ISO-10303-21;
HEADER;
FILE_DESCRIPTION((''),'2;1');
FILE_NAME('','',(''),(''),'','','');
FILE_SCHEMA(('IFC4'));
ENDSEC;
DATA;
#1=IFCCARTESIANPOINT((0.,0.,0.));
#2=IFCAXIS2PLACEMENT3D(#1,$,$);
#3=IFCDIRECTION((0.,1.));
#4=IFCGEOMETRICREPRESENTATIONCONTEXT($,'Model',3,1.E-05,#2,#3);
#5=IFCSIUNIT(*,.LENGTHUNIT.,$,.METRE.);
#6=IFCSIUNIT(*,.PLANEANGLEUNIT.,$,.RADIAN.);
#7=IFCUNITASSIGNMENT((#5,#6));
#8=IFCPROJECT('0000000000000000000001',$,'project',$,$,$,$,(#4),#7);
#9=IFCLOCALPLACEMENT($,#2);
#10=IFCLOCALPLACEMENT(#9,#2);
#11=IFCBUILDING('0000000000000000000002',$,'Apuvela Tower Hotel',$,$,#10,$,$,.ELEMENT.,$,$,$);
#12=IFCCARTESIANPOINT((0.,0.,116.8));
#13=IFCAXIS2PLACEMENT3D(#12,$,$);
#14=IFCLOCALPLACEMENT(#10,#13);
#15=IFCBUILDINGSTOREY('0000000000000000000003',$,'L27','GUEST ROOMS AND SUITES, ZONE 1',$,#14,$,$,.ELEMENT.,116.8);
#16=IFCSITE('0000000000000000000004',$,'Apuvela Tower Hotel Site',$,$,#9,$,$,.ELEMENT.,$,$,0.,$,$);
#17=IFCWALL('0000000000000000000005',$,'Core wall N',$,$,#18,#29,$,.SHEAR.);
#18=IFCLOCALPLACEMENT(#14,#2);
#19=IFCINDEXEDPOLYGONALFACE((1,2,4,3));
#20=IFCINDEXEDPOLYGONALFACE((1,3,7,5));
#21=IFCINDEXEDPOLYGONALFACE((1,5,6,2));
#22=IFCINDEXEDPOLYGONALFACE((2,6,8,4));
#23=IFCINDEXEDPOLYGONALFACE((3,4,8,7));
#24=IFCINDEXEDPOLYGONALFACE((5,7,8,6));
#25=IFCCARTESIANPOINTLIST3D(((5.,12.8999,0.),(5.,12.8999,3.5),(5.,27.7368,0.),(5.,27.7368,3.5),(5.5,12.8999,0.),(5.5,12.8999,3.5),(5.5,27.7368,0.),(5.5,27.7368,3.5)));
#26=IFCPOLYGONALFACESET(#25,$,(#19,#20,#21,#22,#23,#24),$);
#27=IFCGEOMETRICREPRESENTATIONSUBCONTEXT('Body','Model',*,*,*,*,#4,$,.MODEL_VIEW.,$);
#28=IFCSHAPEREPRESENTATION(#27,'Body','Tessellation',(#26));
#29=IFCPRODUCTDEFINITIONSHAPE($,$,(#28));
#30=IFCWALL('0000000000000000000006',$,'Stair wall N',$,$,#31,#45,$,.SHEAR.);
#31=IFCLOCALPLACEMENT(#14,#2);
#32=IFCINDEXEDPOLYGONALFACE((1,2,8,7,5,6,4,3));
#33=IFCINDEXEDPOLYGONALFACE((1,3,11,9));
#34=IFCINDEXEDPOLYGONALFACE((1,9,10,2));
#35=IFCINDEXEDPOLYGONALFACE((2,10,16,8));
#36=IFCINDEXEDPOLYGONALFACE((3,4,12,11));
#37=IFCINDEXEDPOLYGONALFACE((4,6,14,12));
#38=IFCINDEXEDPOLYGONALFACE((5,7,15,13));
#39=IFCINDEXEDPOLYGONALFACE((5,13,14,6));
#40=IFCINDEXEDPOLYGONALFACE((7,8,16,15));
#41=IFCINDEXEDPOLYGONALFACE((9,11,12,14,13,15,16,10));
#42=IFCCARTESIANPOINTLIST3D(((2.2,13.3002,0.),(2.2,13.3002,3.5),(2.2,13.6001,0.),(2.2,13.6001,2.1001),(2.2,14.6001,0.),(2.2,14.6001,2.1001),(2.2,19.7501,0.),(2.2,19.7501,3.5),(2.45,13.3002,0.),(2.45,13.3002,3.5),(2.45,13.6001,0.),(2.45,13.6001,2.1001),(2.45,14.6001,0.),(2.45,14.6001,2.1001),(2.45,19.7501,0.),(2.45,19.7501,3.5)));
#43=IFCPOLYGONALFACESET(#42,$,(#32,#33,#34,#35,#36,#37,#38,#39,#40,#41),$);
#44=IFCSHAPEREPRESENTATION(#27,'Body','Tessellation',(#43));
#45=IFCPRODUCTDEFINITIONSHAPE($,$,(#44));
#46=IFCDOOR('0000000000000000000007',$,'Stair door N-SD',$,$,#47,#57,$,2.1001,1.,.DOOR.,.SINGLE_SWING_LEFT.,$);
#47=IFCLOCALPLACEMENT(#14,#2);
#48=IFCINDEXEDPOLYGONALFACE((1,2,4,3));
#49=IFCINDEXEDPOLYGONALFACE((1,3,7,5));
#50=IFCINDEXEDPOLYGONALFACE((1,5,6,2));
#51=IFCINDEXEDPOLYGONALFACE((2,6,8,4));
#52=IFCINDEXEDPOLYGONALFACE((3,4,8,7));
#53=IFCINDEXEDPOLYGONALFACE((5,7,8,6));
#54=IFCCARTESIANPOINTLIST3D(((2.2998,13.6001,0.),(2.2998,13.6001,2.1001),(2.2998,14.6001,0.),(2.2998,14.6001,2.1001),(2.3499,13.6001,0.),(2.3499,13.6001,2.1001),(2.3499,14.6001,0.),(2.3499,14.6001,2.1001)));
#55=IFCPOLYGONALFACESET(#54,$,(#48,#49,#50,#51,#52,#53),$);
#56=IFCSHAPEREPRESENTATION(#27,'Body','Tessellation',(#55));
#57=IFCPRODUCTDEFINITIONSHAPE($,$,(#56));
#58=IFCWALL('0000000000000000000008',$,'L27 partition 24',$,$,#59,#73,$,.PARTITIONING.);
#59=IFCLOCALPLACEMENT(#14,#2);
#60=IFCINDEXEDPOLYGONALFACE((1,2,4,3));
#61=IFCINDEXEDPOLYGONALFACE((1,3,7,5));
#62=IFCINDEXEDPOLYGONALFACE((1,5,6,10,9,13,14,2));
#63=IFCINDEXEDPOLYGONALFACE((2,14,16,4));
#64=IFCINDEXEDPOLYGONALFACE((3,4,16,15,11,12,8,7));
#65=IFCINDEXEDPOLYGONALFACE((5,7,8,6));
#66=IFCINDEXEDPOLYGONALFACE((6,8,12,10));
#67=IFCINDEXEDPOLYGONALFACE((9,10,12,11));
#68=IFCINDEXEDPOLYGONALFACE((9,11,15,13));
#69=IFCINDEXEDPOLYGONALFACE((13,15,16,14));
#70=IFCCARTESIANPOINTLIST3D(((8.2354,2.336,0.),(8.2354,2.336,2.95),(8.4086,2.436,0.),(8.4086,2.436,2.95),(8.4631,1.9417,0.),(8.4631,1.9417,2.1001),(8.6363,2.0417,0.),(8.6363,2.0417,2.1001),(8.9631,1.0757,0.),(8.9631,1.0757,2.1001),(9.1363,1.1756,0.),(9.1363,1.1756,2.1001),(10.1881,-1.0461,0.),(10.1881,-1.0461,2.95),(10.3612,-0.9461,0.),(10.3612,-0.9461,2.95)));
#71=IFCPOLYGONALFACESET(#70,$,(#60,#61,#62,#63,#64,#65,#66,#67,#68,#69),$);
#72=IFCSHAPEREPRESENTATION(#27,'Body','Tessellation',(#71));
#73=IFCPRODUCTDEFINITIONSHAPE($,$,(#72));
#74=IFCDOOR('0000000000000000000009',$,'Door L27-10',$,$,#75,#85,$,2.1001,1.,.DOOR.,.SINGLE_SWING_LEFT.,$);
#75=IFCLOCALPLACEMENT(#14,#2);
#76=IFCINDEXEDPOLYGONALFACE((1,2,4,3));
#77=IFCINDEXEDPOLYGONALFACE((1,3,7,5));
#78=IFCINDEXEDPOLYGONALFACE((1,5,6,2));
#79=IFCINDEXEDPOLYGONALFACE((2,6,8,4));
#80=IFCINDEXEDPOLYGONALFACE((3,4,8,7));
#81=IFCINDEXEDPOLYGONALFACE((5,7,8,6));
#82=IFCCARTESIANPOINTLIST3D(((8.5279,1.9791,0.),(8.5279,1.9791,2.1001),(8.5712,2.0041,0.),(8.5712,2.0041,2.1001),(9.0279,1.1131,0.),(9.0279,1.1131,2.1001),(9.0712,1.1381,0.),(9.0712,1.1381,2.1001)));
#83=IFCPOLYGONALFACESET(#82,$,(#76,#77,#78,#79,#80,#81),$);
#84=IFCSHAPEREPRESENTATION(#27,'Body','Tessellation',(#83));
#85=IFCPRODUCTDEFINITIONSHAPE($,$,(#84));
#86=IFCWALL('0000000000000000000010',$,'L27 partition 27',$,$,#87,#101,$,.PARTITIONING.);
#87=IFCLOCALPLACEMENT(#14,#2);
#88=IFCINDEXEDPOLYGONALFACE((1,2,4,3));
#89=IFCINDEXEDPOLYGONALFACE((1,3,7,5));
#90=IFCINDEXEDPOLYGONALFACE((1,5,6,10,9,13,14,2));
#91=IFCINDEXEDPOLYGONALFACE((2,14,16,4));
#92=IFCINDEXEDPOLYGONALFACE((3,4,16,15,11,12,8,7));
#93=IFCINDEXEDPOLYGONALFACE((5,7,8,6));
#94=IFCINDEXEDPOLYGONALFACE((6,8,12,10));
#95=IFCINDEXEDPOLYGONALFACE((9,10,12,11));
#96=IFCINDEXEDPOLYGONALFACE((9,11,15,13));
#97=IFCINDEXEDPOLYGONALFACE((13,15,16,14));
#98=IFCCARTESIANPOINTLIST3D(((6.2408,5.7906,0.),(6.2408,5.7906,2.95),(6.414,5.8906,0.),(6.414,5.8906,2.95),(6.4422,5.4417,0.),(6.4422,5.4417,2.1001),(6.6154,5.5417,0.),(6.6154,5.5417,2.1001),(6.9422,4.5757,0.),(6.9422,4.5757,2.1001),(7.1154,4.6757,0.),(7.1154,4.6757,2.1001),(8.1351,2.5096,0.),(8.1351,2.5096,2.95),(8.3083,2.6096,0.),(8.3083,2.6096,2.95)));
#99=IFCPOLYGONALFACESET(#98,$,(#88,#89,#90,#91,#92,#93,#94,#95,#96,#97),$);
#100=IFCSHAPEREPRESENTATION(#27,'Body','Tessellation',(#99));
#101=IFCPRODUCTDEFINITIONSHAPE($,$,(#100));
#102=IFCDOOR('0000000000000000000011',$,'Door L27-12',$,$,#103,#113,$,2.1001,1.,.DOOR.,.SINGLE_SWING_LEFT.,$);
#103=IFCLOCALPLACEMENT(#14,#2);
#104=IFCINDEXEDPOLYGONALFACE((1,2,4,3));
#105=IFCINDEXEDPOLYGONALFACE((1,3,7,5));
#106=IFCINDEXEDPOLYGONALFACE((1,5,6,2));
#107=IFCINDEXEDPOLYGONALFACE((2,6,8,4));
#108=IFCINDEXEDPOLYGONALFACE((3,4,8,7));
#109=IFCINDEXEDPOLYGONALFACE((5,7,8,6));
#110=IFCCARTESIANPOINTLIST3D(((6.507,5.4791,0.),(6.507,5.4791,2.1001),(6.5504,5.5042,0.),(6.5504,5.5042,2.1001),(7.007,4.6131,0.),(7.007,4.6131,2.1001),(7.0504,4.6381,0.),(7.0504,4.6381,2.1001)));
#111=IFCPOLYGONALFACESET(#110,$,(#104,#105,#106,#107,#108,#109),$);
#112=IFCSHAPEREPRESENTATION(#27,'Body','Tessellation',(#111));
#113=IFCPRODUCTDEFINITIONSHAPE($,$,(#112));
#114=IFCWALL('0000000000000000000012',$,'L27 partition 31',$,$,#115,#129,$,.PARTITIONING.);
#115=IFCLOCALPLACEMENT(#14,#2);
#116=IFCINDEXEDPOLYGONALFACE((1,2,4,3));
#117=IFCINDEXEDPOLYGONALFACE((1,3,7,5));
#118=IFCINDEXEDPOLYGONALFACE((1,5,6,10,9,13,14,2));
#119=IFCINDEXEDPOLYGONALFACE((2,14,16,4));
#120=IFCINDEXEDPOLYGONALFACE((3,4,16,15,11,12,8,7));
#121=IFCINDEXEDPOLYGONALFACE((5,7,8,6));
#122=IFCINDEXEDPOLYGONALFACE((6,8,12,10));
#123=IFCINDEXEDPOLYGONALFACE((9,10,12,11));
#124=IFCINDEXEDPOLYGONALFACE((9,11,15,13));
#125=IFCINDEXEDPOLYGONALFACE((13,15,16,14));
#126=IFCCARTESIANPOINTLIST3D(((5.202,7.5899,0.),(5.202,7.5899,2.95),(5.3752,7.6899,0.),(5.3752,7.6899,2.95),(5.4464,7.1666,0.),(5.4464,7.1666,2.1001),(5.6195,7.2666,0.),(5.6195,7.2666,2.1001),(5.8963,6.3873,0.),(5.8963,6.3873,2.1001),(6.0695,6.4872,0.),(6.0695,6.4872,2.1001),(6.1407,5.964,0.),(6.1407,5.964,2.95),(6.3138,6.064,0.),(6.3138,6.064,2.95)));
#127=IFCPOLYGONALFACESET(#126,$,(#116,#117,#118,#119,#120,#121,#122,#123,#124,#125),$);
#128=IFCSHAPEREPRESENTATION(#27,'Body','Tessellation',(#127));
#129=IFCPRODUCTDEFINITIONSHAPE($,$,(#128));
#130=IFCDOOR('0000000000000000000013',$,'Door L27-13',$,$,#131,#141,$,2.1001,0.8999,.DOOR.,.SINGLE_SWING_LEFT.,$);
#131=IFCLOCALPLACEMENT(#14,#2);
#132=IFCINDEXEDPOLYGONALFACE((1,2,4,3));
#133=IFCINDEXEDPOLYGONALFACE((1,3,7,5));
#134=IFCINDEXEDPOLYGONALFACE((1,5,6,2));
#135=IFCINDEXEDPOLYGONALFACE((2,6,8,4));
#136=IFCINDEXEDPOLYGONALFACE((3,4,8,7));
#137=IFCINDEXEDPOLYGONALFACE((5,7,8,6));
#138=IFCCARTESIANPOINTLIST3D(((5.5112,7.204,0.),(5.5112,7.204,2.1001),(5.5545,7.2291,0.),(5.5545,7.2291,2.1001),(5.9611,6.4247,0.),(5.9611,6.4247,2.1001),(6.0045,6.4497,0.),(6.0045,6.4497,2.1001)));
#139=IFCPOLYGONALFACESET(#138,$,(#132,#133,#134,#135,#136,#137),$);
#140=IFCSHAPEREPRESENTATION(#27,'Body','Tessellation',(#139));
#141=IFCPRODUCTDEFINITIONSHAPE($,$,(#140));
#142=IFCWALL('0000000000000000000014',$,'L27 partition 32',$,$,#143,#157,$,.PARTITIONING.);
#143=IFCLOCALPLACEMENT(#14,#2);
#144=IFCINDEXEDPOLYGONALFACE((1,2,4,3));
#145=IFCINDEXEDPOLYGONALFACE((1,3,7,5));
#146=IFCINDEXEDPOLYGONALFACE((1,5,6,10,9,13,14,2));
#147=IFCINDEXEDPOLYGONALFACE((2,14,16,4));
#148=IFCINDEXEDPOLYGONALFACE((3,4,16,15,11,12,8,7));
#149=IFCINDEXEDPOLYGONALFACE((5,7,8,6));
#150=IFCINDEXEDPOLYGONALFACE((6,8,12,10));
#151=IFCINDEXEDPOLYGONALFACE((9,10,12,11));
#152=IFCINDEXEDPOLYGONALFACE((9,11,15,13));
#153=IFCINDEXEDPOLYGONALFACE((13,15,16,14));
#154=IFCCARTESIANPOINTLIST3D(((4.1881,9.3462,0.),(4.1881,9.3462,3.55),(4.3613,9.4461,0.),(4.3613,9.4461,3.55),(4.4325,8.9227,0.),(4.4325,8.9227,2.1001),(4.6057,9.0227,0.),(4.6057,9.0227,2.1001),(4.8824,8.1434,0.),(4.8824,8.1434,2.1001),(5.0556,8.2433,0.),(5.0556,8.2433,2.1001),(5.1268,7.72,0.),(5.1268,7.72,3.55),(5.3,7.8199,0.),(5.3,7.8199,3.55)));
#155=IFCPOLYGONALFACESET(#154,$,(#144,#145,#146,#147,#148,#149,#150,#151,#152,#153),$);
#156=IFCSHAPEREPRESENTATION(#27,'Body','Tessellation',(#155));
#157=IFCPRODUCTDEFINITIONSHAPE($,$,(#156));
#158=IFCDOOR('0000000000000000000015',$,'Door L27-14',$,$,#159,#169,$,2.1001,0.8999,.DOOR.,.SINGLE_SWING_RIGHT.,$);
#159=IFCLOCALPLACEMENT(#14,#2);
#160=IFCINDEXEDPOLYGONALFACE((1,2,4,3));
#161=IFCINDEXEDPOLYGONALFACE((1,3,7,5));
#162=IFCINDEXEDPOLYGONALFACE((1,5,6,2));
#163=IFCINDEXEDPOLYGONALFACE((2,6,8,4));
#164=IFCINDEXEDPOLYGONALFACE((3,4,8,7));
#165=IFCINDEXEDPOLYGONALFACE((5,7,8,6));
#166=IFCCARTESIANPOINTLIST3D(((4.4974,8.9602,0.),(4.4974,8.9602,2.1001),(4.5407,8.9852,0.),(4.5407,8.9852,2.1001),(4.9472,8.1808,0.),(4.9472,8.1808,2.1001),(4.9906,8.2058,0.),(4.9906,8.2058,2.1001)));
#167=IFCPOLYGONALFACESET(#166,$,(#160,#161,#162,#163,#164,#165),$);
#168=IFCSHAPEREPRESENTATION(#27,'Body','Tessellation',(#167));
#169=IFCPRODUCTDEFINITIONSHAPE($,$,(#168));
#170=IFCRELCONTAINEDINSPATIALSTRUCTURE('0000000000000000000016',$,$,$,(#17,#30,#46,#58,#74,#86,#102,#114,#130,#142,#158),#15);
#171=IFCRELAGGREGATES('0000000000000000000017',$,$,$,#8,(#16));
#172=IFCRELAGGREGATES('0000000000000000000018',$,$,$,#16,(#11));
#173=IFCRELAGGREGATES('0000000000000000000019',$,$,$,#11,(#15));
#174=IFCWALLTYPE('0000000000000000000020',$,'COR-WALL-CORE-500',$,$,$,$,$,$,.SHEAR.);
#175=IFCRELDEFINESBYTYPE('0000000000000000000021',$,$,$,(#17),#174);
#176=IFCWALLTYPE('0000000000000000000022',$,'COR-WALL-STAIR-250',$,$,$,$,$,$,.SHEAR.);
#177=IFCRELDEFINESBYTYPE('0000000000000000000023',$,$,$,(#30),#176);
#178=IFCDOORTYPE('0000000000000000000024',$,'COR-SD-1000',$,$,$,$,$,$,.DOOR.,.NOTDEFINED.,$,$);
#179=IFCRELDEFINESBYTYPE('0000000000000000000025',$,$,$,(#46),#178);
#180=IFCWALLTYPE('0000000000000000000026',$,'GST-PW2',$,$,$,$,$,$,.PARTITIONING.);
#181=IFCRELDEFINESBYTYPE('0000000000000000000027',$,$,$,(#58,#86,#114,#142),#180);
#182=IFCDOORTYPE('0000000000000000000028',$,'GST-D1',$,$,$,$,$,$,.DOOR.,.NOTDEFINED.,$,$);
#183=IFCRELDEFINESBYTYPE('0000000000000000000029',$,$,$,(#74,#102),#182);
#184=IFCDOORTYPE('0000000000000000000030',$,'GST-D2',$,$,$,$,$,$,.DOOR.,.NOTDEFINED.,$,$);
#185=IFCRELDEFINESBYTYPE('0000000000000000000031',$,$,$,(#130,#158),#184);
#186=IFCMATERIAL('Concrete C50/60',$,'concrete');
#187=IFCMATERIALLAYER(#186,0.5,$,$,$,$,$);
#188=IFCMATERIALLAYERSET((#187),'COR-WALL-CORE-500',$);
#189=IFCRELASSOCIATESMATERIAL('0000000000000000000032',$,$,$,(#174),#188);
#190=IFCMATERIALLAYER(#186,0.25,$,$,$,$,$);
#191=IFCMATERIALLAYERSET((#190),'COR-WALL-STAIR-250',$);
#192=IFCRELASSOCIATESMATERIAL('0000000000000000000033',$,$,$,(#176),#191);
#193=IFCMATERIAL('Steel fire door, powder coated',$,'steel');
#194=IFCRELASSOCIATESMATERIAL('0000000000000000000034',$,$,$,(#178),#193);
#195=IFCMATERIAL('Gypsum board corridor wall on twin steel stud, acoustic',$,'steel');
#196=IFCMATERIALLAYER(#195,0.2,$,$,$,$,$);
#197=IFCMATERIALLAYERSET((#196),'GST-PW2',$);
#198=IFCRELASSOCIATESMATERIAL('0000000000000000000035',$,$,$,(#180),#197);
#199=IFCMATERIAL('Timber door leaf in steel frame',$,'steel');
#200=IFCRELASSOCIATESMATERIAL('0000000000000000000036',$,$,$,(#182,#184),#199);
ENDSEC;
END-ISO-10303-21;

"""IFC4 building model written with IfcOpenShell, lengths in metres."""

from ifc_helpers import new_model, si_unit, direction, frame, frame_2d, origin, place, context, subcontext, project, spatial, rectangle, extrude, material, layer, layer_set, type_object, element, fill, save


model = new_model("IFC4")

# Units and contexts
model_context = context("Model", 3, precision=1e-05, world=origin(), true_north=direction((0.0, 1.0)))
body_context = subcontext(model_context, "Body", "Model", "MODEL_VIEW")
ifc_project = project(units=[si_unit("LENGTHUNIT", "METRE"), si_unit("PLANEANGLEUNIT", "RADIAN")], contexts=[model_context])

# Site, building, storey
site_placement = place(None, origin())
site = spatial("IfcSite", under=ifc_project, at=site_placement, Name="Apuvela Tower Hotel Site", CompositionType="ELEMENT", RefElevation=0.0)
building_placement = place(site_placement, origin())
building = spatial("IfcBuilding", under=site, at=building_placement, Name="Apuvela Tower Hotel", CompositionType="ELEMENT")
storey_placement = place(building_placement, frame((0.0, 0.0, 116.8)))
storey = spatial("IfcBuildingStorey", under=building, at=storey_placement, Name="L27", Description="GUEST ROOMS AND SUITES, ZONE 1", CompositionType="ELEMENT", Elevation=116.8)

# Shared definitions
ifc_material_1 = material(Name="Concrete C50/60", Category="concrete")

# Shared definitions
ifc_material_2 = material(Name="Steel fire door, powder coated", Category="steel")

# Wall
ifc_layer_1 = layer(ifc_material_1, 0.5)
ifc_layer_set_1 = layer_set([ifc_layer_1], Name="COR-WALL-CORE-500")
wall_type_1 = type_object("IfcWallType", Name="COR-WALL-CORE-500", PredefinedType="SHEAR", material=ifc_layer_set_1)
wall_1_placement = place(storey_placement, frame((5.25, 12.8999, 0.0), z_axis=(0.0, 0.0, 1.0), x_axis=(0.0, 1.0, 0.0)))
element("IfcWall", 1, at=wall_1_placement, inside=storey, type_object=wall_type_1, Name="Core wall N", PredefinedType="SHEAR", context=body_context, shape_type="SweptSolid", body=[
    extrude(rectangle(XDim=14.8369, YDim=0.5, at=frame_2d((7.4185, 0.0))), origin(), (0.0, 0.0, 1.0), 3.5),
])

# Walls, openings, doors
ifc_layer_2 = layer(ifc_material_1, 0.25)
ifc_layer_set_2 = layer_set([ifc_layer_2], Name="COR-WALL-STAIR-250")
wall_type_2 = type_object("IfcWallType", Name="COR-WALL-STAIR-250", PredefinedType="SHEAR", material=ifc_layer_set_2)
wall_2_placement = place(storey_placement, frame((2.325, 13.3, 0.0), z_axis=(0.0, 0.0, 1.0), x_axis=(0.0, 1.0, 0.0)))
wall_2 = element("IfcWall", 2, at=wall_2_placement, inside=storey, type_object=wall_type_2, Name="Stair wall N", PredefinedType="SHEAR", context=body_context, shape_type="SweptSolid", body=[
    extrude(rectangle(XDim=6.45, YDim=0.25, at=frame_2d((3.2251, 0.0))), origin(), (0.0, 0.0, 1.0), 3.5),
])
opening_1_placement = place(wall_2_placement, frame((0.3, 0.0, 0.0)))
opening_1 = element("IfcOpeningElement", 3, at=opening_1_placement, cuts=wall_2, PredefinedType="OPENING", context=body_context, shape_type="SweptSolid", body=[
    extrude(rectangle(XDim=1.0, YDim=2.1001, at=frame_2d((0.5, 1.05))), frame((0.0, 0.135, 0.0), z_axis=(0.0, -1.0, 0.0), x_axis=(1.0, 0.0, 0.0)), (0.0, 0.0, 1.0), 0.27),
])
door_type_1 = type_object("IfcDoorType", Name="COR-SD-1000", OperationType="NOTDEFINED", PredefinedType="DOOR", material=ifc_material_2)
door_1_placement = place(opening_1_placement, frame((1.0, 0.0, 0.0), z_axis=(0.0, 0.0, 1.0), x_axis=(-1.0, 0.0, 0.0)))
door_1 = element("IfcDoor", 4, at=door_1_placement, inside=storey, type_object=door_type_1, Name="Stair door N-SD", OperationType="SINGLE_SWING_LEFT", OverallHeight=2.1001, OverallWidth=1.0, PredefinedType="DOOR", context=body_context, shape_type="SweptSolid", body=[
    extrude(rectangle(XDim=1.0, YDim=2.1001, at=frame_2d((0.5, 1.05))), frame((0.0, 0.0249, 0.0), z_axis=(0.0, -1.0, 0.0), x_axis=(1.0, 0.0, 0.0)), (0.0, 0.0, 1.0), 0.05),
])
fill(opening_1, door_1)
ifc_material_3 = material(Name="Gypsum board corridor wall on twin steel stud, acoustic", Category="steel")
ifc_layer_3 = layer(ifc_material_3, 0.2)
ifc_layer_set_3 = layer_set([ifc_layer_3], Name="GST-PW2")
wall_type_3 = type_object("IfcWallType", Name="GST-PW2", PredefinedType="PARTITIONING", material=ifc_layer_set_3)
wall_3_placement = place(storey_placement, frame((8.322, 2.386, 0.0), z_axis=(0.0, 0.0, 1.0), x_axis=(0.499998, -0.866026, 0.0)))
wall_3 = element("IfcWall", 5, at=wall_3_placement, inside=storey, type_object=wall_type_3, Name="L27 partition 24", PredefinedType="PARTITIONING", context=body_context, shape_type="SweptSolid", body=[
    extrude(rectangle(XDim=3.9053, YDim=0.2, at=frame_2d((1.9526, 0.0))), origin(), (0.0, 0.0, 1.0), 2.95),
])
opening_2_placement = place(wall_3_placement, frame((0.4553, 0.0, 0.0)))
opening_2 = element("IfcOpeningElement", 6, at=opening_2_placement, cuts=wall_3, PredefinedType="OPENING", context=body_context, shape_type="SweptSolid", body=[
    extrude(rectangle(XDim=1.0, YDim=2.1001, at=frame_2d((0.5, 1.05))), frame((0.0, 0.1099, 0.0), z_axis=(0.0, -1.0, 0.0), x_axis=(1.0, 0.0, 0.0)), (0.0, 0.0, 1.0), 0.22),
])
ifc_material_4 = material(Name="Timber door leaf in steel frame", Category="steel")
door_type_2 = type_object("IfcDoorType", Name="GST-D1", OperationType="NOTDEFINED", PredefinedType="DOOR", material=ifc_material_4)
door_2_placement = place(opening_2_placement, origin())
door_2 = element("IfcDoor", 7, at=door_2_placement, inside=storey, type_object=door_type_2, Name="Door L27-10", OperationType="SINGLE_SWING_LEFT", OverallHeight=2.1001, OverallWidth=1.0, PredefinedType="DOOR", context=body_context, shape_type="SweptSolid", body=[
    extrude(rectangle(XDim=1.0, YDim=2.1001, at=frame_2d((0.5, 1.05))), frame((0.0, 0.0249, 0.0), z_axis=(0.0, -1.0, 0.0), x_axis=(1.0, 0.0, 0.0)), (0.0, 0.0, 1.0), 0.05),
])
fill(opening_2, door_2)
wall_4_placement = place(storey_placement, frame((6.3274, 5.8406, 0.0), z_axis=(0.0, 0.0, 1.0), x_axis=(0.5, -0.866026, 0.0)))
wall_4 = element("IfcWall", 8, at=wall_4_placement, inside=storey, type_object=wall_type_3, Name="L27 partition 27", PredefinedType="PARTITIONING", context=body_context, shape_type="SweptSolid", body=[
    extrude(rectangle(XDim=3.7886, YDim=0.2, at=frame_2d((1.8943, 0.0))), origin(), (0.0, 0.0, 1.0), 2.95),
])
opening_3_placement = place(wall_4_placement, frame((0.4028, 0.0, 0.0)))
opening_3 = element("IfcOpeningElement", 9, at=opening_3_placement, cuts=wall_4, PredefinedType="OPENING", context=body_context, shape_type="SweptSolid", body=[
    extrude(rectangle(XDim=1.0, YDim=2.1001, at=frame_2d((0.5, 1.05))), frame((0.0, 0.1099, 0.0), z_axis=(0.0, -1.0, 0.0), x_axis=(1.0, 0.0, 0.0)), (0.0, 0.0, 1.0), 0.22),
])
door_3_placement = place(opening_3_placement, origin())
door_3 = element("IfcDoor", 10, at=door_3_placement, inside=storey, type_object=door_type_2, Name="Door L27-12", OperationType="SINGLE_SWING_LEFT", OverallHeight=2.1001, OverallWidth=1.0, PredefinedType="DOOR", context=body_context, shape_type="SweptSolid", body=[
    extrude(rectangle(XDim=1.0, YDim=2.1001, at=frame_2d((0.5, 1.05))), frame((0.0, 0.0249, 0.0), z_axis=(0.0, -1.0, 0.0), x_axis=(1.0, 0.0, 0.0)), (0.0, 0.0, 1.0), 0.05),
])
fill(opening_3, door_3)
wall_5_placement = place(storey_placement, frame((5.2886, 7.6399, 0.0), z_axis=(0.0, 0.0, 1.0), x_axis=(0.499985, -0.866034, 0.0)))
wall_5 = element("IfcWall", 11, at=wall_5_placement, inside=storey, type_object=wall_type_3, Name="L27 partition 31", PredefinedType="PARTITIONING", context=body_context, shape_type="SweptSolid", body=[
    extrude(rectangle(XDim=1.8774, YDim=0.2, at=frame_2d((0.9387, 0.0))), origin(), (0.0, 0.0, 1.0), 2.95),
])
opening_4_placement = place(wall_5_placement, frame((0.4888, 0.0, 0.0)))
opening_4 = element("IfcOpeningElement", 12, at=opening_4_placement, cuts=wall_5, PredefinedType="OPENING", context=body_context, shape_type="SweptSolid", body=[
    extrude(rectangle(XDim=0.8999, YDim=2.1001, at=frame_2d((0.45, 1.05))), frame((0.0, 0.1099, 0.0), z_axis=(0.0, -1.0, 0.0), x_axis=(1.0, 0.0, 0.0)), (0.0, 0.0, 1.0), 0.22),
])
door_type_3 = type_object("IfcDoorType", Name="GST-D2", OperationType="NOTDEFINED", PredefinedType="DOOR", material=ifc_material_4)
door_4_placement = place(opening_4_placement, origin())
door_4 = element("IfcDoor", 13, at=door_4_placement, inside=storey, type_object=door_type_3, Name="Door L27-13", OperationType="SINGLE_SWING_LEFT", OverallHeight=2.1001, OverallWidth=0.8999, PredefinedType="DOOR", context=body_context, shape_type="SweptSolid", body=[
    extrude(rectangle(XDim=0.8999, YDim=2.1001, at=frame_2d((0.45, 1.05))), frame((0.0, 0.0249, 0.0), z_axis=(0.0, -1.0, 0.0), x_axis=(1.0, 0.0, 0.0)), (0.0, 0.0, 1.0), 0.05),
])
fill(opening_4, door_4)
wall_6_placement = place(storey_placement, frame((4.2747, 9.3962, 0.0), z_axis=(0.0, 0.0, 1.0), x_axis=(0.499929, -0.866067, 0.0)))
wall_6 = element("IfcWall", 14, at=wall_6_placement, inside=storey, type_object=wall_type_3, Name="L27 partition 32", PredefinedType="PARTITIONING", context=body_context, shape_type="SweptSolid", body=[
    extrude(rectangle(XDim=1.8777, YDim=0.2, at=frame_2d((0.939, 0.0))), origin(), (0.0, 0.0, 1.0), 3.55),
])
opening_5_placement = place(wall_6_placement, frame((0.489, 0.0, 0.0)))
opening_5 = element("IfcOpeningElement", 15, at=opening_5_placement, cuts=wall_6, PredefinedType="OPENING", context=body_context, shape_type="SweptSolid", body=[
    extrude(rectangle(XDim=0.8999, YDim=2.1001, at=frame_2d((0.45, 1.05))), frame((0.0, 0.1099, 0.0), z_axis=(0.0, -1.0, 0.0), x_axis=(1.0, 0.0, 0.0)), (0.0, 0.0, 1.0), 0.22),
])
door_5_placement = place(opening_5_placement, origin())
door_5 = element("IfcDoor", 16, at=door_5_placement, inside=storey, type_object=door_type_3, Name="Door L27-14", OperationType="SINGLE_SWING_RIGHT", OverallHeight=2.1001, OverallWidth=0.8999, PredefinedType="DOOR", context=body_context, shape_type="SweptSolid", body=[
    extrude(rectangle(XDim=0.8999, YDim=2.1001, at=frame_2d((0.45, 1.05))), frame((0.0, 0.0249, 0.0), z_axis=(0.0, -1.0, 0.0), x_axis=(1.0, 0.0, 0.0)), (0.0, 0.0, 1.0), 0.05),
])
fill(opening_5, door_5)

save(model, "model.ifc")
